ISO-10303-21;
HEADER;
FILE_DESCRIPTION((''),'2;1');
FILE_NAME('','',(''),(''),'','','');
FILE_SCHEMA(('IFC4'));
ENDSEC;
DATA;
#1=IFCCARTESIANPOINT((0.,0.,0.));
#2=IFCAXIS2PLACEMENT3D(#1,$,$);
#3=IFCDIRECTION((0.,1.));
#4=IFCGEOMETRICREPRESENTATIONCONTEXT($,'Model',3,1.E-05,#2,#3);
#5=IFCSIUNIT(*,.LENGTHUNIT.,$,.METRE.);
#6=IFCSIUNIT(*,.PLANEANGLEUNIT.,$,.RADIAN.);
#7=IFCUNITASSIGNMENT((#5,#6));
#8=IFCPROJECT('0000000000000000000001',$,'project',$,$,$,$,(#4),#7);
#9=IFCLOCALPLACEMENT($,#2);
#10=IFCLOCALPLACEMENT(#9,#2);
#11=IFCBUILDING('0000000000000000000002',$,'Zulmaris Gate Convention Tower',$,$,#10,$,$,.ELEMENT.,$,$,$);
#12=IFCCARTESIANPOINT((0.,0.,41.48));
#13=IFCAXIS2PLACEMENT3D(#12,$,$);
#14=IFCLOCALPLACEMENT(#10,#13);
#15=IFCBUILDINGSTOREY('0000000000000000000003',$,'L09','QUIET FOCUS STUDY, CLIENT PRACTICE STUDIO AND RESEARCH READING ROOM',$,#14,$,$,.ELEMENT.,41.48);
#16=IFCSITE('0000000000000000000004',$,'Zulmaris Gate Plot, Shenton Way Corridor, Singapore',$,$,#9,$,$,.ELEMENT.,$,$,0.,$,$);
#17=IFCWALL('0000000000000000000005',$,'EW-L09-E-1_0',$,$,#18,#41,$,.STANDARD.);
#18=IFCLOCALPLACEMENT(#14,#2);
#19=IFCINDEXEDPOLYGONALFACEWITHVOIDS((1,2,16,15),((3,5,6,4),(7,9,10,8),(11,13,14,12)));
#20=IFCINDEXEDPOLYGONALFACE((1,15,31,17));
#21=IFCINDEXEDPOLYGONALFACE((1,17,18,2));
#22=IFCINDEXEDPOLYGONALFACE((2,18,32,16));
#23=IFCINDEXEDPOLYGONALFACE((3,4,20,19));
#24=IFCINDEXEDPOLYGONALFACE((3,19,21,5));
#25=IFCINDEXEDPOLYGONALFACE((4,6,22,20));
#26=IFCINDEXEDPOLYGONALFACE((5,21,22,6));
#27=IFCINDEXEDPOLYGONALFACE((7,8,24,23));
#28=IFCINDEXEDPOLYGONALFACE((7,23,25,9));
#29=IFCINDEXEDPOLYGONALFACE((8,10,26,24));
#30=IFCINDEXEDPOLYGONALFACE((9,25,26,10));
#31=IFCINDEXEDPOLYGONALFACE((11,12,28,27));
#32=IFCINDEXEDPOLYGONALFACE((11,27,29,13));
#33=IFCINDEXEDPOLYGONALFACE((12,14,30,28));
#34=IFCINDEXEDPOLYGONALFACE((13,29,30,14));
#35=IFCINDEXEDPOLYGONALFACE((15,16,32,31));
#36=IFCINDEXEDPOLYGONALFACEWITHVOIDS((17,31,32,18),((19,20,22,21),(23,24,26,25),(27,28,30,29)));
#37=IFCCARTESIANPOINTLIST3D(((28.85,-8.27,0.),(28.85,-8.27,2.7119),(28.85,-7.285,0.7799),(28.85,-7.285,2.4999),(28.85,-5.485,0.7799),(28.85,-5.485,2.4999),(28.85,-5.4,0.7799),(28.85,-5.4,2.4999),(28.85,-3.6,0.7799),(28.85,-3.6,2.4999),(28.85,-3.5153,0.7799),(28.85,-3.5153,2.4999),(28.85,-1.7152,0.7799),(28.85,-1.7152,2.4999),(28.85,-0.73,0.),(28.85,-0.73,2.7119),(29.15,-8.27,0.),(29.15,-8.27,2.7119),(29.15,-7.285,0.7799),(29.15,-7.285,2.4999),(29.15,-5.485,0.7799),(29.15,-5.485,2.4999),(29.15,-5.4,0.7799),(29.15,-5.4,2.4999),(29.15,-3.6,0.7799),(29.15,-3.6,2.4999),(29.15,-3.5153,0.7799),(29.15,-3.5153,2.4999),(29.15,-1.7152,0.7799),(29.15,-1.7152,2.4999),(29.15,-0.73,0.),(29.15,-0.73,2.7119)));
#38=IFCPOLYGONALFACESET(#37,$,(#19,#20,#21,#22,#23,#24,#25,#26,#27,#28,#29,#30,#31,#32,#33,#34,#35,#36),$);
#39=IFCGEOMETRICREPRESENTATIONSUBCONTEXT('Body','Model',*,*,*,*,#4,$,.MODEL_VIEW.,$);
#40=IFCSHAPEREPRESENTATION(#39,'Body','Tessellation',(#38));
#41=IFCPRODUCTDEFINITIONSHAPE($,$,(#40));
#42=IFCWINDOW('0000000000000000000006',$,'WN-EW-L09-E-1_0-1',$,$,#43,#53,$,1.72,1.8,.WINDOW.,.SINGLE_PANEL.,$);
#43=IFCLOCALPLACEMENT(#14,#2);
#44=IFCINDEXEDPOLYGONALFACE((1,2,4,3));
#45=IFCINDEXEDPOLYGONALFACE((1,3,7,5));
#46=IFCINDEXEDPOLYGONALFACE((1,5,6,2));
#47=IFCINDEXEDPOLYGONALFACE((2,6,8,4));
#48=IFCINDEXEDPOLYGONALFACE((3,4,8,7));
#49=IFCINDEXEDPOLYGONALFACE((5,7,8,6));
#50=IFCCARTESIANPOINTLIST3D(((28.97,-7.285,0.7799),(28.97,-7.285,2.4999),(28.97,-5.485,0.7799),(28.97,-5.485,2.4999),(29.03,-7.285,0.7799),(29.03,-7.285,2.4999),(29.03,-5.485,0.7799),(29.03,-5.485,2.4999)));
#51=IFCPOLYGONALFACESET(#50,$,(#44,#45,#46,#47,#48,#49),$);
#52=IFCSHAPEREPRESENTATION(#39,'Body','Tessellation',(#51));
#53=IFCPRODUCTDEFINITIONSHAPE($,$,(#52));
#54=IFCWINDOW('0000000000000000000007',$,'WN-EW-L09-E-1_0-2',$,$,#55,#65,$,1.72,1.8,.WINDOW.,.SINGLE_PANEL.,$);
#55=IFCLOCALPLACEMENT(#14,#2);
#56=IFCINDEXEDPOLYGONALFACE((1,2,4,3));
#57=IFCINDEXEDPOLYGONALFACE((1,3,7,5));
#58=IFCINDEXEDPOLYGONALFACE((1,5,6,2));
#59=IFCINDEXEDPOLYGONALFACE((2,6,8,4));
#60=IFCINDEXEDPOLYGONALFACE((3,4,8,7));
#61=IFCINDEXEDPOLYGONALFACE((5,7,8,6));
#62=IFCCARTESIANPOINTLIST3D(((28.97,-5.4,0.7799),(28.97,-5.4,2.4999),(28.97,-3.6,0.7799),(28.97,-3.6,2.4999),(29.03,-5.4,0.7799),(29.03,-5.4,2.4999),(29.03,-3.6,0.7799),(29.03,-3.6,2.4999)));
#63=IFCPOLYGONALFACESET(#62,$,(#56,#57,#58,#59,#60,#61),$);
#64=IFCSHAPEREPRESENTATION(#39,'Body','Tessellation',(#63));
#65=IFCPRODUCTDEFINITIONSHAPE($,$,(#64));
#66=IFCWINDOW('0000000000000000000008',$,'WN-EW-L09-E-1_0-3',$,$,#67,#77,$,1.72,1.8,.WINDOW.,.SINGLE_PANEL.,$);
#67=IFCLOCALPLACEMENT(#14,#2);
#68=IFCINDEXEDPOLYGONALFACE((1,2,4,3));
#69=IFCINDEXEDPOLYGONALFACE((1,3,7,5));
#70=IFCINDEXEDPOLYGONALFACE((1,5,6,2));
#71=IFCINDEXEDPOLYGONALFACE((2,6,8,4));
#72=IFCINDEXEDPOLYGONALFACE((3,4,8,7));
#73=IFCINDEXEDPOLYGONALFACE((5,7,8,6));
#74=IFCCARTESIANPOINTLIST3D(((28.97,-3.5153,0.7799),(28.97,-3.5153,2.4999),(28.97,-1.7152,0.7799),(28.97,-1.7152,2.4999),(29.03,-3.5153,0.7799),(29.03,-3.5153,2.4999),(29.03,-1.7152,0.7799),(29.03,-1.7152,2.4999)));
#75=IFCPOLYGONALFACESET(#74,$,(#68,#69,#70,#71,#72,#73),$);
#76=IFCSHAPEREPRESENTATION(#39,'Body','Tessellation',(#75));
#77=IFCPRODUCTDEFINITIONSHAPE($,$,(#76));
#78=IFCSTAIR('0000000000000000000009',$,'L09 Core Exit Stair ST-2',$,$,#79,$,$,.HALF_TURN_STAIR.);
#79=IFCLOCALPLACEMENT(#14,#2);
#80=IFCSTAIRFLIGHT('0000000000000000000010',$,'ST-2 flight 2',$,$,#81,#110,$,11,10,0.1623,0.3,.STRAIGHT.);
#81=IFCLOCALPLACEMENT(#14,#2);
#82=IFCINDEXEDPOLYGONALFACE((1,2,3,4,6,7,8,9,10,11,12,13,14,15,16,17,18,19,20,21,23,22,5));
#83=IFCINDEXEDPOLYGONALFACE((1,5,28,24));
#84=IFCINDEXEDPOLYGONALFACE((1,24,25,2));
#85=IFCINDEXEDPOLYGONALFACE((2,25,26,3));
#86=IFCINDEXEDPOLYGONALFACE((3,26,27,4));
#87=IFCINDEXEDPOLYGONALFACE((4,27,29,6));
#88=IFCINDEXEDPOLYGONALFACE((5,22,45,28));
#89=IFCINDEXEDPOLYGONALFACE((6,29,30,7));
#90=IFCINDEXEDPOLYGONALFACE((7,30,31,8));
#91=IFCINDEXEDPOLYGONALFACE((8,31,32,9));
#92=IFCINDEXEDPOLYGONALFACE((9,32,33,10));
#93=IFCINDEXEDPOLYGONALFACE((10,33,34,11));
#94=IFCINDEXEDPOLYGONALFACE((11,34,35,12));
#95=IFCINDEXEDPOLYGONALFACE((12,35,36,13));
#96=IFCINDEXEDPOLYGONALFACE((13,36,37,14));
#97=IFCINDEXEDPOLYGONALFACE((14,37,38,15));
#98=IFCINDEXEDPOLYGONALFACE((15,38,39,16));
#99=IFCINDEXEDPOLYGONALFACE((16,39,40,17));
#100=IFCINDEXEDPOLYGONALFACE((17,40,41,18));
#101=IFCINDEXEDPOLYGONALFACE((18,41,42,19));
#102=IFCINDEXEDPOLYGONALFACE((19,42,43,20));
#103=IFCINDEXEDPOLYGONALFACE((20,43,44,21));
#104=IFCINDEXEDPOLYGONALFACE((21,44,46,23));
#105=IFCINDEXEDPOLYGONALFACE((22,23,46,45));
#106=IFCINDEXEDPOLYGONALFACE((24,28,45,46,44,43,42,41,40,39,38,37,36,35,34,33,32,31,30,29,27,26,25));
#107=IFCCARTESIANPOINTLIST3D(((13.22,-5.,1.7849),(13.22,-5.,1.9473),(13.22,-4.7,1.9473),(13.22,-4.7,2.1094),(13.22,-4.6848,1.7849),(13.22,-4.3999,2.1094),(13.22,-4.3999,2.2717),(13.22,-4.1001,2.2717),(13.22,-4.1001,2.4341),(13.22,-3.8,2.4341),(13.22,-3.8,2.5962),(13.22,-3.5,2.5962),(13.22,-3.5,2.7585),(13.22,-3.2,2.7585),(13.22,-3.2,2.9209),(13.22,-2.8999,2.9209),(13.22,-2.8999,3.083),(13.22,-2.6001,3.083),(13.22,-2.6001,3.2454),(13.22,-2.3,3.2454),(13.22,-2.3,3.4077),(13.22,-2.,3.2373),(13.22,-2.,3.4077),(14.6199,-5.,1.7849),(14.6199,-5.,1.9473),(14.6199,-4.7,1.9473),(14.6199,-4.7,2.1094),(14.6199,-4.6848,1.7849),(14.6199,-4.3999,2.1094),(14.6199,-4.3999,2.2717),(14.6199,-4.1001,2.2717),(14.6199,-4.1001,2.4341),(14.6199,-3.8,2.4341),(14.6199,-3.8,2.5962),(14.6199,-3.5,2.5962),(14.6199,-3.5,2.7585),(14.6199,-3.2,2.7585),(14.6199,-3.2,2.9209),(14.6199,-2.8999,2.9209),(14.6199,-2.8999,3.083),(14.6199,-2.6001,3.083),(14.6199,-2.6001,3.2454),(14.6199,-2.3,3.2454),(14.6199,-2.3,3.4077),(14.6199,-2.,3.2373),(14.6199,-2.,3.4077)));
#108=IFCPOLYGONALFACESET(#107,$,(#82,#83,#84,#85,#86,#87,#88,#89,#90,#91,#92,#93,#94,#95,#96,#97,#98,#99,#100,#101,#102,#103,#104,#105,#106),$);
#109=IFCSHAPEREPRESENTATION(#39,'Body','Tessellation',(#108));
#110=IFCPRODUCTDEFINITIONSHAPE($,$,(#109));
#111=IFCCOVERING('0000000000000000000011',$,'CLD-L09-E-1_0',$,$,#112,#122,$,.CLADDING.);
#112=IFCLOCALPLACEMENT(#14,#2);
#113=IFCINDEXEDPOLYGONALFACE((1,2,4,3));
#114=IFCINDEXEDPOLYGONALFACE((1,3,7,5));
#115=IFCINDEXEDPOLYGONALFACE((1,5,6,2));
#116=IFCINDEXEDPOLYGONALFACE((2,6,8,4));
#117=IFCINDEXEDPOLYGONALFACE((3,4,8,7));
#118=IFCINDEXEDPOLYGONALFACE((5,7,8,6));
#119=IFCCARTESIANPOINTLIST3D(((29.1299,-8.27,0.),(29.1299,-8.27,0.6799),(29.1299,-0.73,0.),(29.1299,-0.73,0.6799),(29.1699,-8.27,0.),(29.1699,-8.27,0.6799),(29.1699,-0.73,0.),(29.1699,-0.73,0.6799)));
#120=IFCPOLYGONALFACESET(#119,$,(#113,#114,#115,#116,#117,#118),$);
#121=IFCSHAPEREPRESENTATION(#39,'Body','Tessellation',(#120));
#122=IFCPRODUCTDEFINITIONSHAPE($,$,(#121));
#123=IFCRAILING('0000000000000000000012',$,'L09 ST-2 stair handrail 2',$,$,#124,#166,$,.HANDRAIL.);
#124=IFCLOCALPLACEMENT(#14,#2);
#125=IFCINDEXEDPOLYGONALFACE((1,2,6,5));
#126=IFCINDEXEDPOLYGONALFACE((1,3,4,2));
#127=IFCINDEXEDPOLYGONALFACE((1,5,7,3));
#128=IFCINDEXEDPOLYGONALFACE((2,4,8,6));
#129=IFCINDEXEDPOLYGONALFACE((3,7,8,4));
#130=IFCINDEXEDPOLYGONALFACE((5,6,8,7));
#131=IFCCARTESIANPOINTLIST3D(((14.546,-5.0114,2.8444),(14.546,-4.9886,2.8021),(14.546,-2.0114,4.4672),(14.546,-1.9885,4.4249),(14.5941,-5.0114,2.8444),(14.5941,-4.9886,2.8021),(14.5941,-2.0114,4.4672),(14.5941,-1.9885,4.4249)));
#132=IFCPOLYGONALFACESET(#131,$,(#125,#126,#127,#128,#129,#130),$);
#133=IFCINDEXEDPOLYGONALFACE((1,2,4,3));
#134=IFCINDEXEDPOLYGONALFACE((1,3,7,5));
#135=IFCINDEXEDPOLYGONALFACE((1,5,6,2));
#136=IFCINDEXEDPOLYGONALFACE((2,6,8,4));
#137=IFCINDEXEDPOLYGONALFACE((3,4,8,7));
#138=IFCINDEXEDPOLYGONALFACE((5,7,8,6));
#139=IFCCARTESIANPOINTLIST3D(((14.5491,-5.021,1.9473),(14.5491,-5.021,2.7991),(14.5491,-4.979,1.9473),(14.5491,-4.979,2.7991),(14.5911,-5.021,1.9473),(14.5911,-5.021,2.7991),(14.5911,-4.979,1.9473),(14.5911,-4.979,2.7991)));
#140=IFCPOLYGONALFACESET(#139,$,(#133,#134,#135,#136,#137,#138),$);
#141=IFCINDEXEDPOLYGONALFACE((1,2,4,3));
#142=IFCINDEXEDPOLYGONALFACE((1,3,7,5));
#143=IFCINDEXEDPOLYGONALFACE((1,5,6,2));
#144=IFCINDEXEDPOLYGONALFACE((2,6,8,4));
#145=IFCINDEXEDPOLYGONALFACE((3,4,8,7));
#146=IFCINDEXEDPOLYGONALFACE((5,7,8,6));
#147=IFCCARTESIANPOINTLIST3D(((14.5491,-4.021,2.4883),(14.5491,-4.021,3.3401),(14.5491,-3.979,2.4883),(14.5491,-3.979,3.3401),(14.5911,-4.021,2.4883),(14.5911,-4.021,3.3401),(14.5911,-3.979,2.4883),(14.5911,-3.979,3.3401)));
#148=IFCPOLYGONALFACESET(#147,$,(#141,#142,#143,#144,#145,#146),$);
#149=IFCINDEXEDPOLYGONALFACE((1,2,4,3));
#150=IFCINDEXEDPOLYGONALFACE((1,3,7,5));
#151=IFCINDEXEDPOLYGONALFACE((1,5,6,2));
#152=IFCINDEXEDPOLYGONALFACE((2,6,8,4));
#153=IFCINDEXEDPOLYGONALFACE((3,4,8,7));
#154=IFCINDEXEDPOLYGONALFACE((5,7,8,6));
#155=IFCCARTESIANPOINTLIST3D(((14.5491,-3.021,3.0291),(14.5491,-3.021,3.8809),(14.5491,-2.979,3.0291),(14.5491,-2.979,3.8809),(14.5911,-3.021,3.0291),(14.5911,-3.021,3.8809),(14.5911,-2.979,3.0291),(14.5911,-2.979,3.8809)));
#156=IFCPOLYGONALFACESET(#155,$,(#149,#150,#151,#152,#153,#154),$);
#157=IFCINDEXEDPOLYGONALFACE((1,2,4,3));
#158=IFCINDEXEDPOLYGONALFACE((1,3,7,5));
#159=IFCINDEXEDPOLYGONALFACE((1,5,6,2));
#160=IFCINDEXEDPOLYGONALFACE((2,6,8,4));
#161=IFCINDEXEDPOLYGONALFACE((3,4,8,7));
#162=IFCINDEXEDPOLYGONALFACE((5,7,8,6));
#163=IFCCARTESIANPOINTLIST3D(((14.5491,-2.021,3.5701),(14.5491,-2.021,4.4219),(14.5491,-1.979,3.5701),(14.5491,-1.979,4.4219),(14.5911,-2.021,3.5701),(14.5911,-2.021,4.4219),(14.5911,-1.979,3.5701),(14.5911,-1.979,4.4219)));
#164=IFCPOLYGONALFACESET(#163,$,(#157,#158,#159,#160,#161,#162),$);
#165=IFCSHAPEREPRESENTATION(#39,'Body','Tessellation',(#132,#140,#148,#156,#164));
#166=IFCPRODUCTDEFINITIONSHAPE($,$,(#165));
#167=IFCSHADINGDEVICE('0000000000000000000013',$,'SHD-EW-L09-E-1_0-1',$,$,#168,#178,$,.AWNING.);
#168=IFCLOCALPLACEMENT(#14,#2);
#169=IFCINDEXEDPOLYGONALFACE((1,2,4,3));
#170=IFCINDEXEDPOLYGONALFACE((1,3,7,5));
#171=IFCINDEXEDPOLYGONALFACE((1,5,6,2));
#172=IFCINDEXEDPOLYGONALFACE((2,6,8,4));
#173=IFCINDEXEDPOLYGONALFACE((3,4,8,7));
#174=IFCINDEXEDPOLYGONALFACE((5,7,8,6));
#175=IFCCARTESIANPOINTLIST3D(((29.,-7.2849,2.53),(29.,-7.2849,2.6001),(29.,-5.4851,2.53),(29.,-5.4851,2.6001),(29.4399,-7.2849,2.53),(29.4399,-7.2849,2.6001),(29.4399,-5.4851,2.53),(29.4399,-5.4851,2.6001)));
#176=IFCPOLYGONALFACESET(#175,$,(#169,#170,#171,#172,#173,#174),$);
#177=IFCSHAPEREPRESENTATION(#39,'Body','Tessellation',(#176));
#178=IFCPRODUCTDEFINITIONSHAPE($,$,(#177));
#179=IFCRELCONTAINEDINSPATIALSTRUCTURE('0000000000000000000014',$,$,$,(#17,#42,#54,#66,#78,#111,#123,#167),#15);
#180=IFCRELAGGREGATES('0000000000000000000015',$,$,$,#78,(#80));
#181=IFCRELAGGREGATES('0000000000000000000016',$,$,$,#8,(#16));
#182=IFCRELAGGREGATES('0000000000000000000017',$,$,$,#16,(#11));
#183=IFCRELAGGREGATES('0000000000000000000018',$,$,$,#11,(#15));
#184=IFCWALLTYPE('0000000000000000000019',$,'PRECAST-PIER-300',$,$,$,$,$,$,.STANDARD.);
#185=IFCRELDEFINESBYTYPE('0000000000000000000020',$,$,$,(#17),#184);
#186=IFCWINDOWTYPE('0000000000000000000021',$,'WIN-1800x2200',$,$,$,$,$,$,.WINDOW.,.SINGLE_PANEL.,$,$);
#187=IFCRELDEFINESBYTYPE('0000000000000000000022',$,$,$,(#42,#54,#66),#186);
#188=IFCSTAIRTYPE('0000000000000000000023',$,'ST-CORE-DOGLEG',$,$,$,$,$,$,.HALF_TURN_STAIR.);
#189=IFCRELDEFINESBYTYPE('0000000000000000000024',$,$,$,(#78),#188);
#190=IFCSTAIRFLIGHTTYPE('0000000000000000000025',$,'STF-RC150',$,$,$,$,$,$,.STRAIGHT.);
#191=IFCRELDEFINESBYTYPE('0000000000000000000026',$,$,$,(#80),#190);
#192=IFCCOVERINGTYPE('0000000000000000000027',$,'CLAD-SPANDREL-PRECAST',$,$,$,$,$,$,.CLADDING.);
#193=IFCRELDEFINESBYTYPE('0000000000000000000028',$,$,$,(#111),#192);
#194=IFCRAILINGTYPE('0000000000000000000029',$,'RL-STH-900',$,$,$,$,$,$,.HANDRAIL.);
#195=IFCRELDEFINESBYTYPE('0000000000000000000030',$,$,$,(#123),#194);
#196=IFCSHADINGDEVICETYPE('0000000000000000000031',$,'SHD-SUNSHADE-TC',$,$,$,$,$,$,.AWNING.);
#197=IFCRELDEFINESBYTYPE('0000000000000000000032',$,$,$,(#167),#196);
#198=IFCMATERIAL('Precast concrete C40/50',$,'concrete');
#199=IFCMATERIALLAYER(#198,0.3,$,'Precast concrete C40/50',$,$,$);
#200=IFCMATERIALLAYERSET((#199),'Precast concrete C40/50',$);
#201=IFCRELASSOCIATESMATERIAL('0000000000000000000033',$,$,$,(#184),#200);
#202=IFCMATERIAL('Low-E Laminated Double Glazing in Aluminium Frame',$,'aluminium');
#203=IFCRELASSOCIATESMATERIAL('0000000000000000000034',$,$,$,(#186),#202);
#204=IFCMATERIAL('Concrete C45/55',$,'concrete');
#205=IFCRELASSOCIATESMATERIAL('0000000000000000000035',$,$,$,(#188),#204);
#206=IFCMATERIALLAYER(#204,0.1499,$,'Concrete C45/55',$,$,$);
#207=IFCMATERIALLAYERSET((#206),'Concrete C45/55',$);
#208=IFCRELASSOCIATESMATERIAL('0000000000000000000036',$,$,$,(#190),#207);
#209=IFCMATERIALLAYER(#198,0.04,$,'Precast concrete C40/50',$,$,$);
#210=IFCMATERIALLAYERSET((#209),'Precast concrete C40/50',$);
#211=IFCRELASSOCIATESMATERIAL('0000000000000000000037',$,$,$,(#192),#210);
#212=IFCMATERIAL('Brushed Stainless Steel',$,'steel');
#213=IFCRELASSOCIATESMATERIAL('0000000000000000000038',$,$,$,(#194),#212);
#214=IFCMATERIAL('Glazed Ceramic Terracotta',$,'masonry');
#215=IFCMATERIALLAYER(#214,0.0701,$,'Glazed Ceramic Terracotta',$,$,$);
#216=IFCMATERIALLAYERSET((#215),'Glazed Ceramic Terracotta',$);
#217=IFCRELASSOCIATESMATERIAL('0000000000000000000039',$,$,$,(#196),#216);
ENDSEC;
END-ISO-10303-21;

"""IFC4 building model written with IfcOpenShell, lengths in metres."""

from ifc_helpers import new_model, si_unit, direction, frame, frame_2d, origin, origin_2d, place, context, subcontext, project, spatial, polyline, rectangle, outline, extrude, material, layer, layer_set, type_object, element, fill, aggregate, save


model = new_model("IFC4")

# Units and contexts
model_context = context("Model", 3, precision=1e-05, world=origin(), true_north=direction((0.0, 1.0)))
body_context = subcontext(model_context, "Body", "Model", "MODEL_VIEW")
ifc_project = project(units=[si_unit("LENGTHUNIT", "METRE"), si_unit("PLANEANGLEUNIT", "RADIAN")], contexts=[model_context])

# Site, building, storey
site_placement = place(None, origin())
site = spatial("IfcSite", under=ifc_project, at=site_placement, Name="Zulmaris Gate Plot, Shenton Way Corridor, Singapore", CompositionType="ELEMENT", RefElevation=0.0)
building_placement = place(site_placement, origin())
building = spatial("IfcBuilding", under=site, at=building_placement, Name="Zulmaris Gate Convention Tower", CompositionType="ELEMENT")
storey_placement = place(building_placement, frame((0.0, 0.0, 41.48)))
storey = spatial("IfcBuildingStorey", under=building, at=storey_placement, Name="L09", Description="QUIET FOCUS STUDY, CLIENT PRACTICE STUDIO AND RESEARCH READING ROOM", CompositionType="ELEMENT", Elevation=41.48)

# Wall, openings, windows
ifc_material_1 = material(Name="Precast concrete C40/50", Category="concrete")
ifc_layer_1 = layer(ifc_material_1, 0.3, Name="Precast concrete C40/50")
ifc_layer_set_1 = layer_set([ifc_layer_1], Name="Precast concrete C40/50")
wall_type_1 = type_object("IfcWallType", Name="PRECAST-PIER-300", PredefinedType="STANDARD", material=ifc_layer_set_1)
wall_1_placement = place(storey_placement, frame((29.0, -8.27, 0.0), z_axis=(0.0, 0.0, 1.0), x_axis=(0.0, 1.0, 0.0)))
wall_1 = element("IfcWall", 1, at=wall_1_placement, inside=storey, type_object=wall_type_1, Name="EW-L09-E-1_0", PredefinedType="STANDARD", context=body_context, shape_type="SweptSolid", body=[
    extrude(rectangle(XDim=7.54, YDim=0.3, at=frame_2d((3.77, 0.0))), origin(), (0.0, 0.0, 1.0), 2.7119),
])
opening_1_placement = place(wall_1_placement, frame((0.9851, 0.0, 0.78)))
opening_1 = element("IfcOpeningElement", 2, at=opening_1_placement, cuts=wall_1, PredefinedType="OPENING", context=body_context, shape_type="SweptSolid", body=[
    extrude(rectangle(XDim=1.8, YDim=1.72, at=frame_2d((0.8999, 0.8599))), frame((0.0, 0.1602, 0.0), z_axis=(0.0, -1.0, 0.0), x_axis=(1.0, 0.0, 0.0)), (0.0, 0.0, 1.0), 0.3201),
])
opening_2_placement = place(wall_1_placement, frame((2.8701, 0.0, 0.78)))
opening_2 = element("IfcOpeningElement", 3, at=opening_2_placement, cuts=wall_1, PredefinedType="OPENING", context=body_context, shape_type="SweptSolid", body=[
    extrude(rectangle(XDim=1.8, YDim=1.72, at=frame_2d((0.8999, 0.8599))), frame((0.0, 0.1602, 0.0), z_axis=(0.0, -1.0, 0.0), x_axis=(1.0, 0.0, 0.0)), (0.0, 0.0, 1.0), 0.3201),
])
opening_3_placement = place(wall_1_placement, frame((4.7549, 0.0, 0.78)))
opening_3 = element("IfcOpeningElement", 4, at=opening_3_placement, cuts=wall_1, PredefinedType="OPENING", context=body_context, shape_type="SweptSolid", body=[
    extrude(rectangle(XDim=1.8, YDim=1.72, at=frame_2d((0.8999, 0.8599))), frame((0.0, 0.1602, 0.0), z_axis=(0.0, -1.0, 0.0), x_axis=(1.0, 0.0, 0.0)), (0.0, 0.0, 1.0), 0.3201),
])
ifc_material_2 = material(Name="Low-E Laminated Double Glazing in Aluminium Frame", Category="aluminium")
window_type = type_object("IfcWindowType", Name="WIN-1800x2200", PartitioningType="SINGLE_PANEL", PredefinedType="WINDOW", material=ifc_material_2)
window_1_placement = place(opening_1_placement, origin())
window_1 = element("IfcWindow", 5, at=window_1_placement, inside=storey, type_object=window_type, Name="WN-EW-L09-E-1_0-1", OverallHeight=1.72, OverallWidth=1.8, PartitioningType="SINGLE_PANEL", PredefinedType="WINDOW", context=body_context, shape_type="SweptSolid", body=[
    extrude(rectangle(XDim=1.8, YDim=1.72, at=frame_2d((0.8999, 0.8599))), frame((0.0, 0.03, 0.0), z_axis=(0.0, -1.0, 0.0), x_axis=(1.0, 0.0, 0.0)), (0.0, 0.0, 1.0), 0.0601),
])
fill(opening_1, window_1)
window_2_placement = place(opening_2_placement, origin())
window_2 = element("IfcWindow", 6, at=window_2_placement, inside=storey, type_object=window_type, Name="WN-EW-L09-E-1_0-2", OverallHeight=1.72, OverallWidth=1.8, PartitioningType="SINGLE_PANEL", PredefinedType="WINDOW", context=body_context, shape_type="SweptSolid", body=[
    extrude(rectangle(XDim=1.8, YDim=1.72, at=frame_2d((0.8999, 0.8599))), frame((0.0, 0.03, 0.0), z_axis=(0.0, -1.0, 0.0), x_axis=(1.0, 0.0, 0.0)), (0.0, 0.0, 1.0), 0.0601),
])
fill(opening_2, window_2)
window_3_placement = place(opening_3_placement, origin())
window_3 = element("IfcWindow", 7, at=window_3_placement, inside=storey, type_object=window_type, Name="WN-EW-L09-E-1_0-3", OverallHeight=1.72, OverallWidth=1.8, PartitioningType="SINGLE_PANEL", PredefinedType="WINDOW", context=body_context, shape_type="SweptSolid", body=[
    extrude(rectangle(XDim=1.8, YDim=1.72, at=frame_2d((0.8999, 0.8599))), frame((0.0, 0.03, 0.0), z_axis=(0.0, -1.0, 0.0), x_axis=(1.0, 0.0, 0.0)), (0.0, 0.0, 1.0), 0.0601),
])
fill(opening_3, window_3)

# Stair, stair flight
ifc_material_3 = material(Name="Concrete C45/55", Category="concrete")
stair_type = type_object("IfcStairType", Name="ST-CORE-DOGLEG", PredefinedType="HALF_TURN_STAIR", material=ifc_material_3)
stair_placement = place(storey_placement, origin())
stair = element("IfcStair", 8, at=stair_placement, inside=storey, type_object=stair_type, Name="L09 Core Exit Stair ST-2", PredefinedType="HALF_TURN_STAIR")
ifc_layer_2 = layer(ifc_material_3, 0.1499, Name="Concrete C45/55")
ifc_layer_set_2 = layer_set([ifc_layer_2], Name="Concrete C45/55")
stair_flight_type = type_object("IfcStairFlightType", Name="STF-RC150", PredefinedType="STRAIGHT", material=ifc_layer_set_2)
stair_flight_placement = place(storey_placement, frame((13.9199, -5.0, 1.7849), z_axis=(0.0, 0.0, 1.0), x_axis=(0.0, 1.0, 0.0)))
stair_flight = element("IfcStairFlight", 9, at=stair_flight_placement, type_object=stair_flight_type, Name="ST-2 flight 2", NumberOfRisers=11, NumberOfTreads=10, PredefinedType="STRAIGHT", RiserHeight=0.1623, TreadLength=0.3, context=body_context, shape_type="SweptSolid", body=[
    extrude(outline(polyline([(0.0, 0.0), (0.0, 0.1624), (0.3, 0.1624), (0.3, 0.3245), (0.6001, 0.3245), (0.6001, 0.4868), (0.8999, 0.4868), (0.8999, 0.6492), (1.2, 0.6492), (1.2, 0.8113), (1.5, 0.8113), (1.5, 0.9736), (1.8, 0.9736), (1.8, 1.136), (2.1001, 1.136), (2.1001, 1.2981), (2.3999, 1.2981), (2.3999, 1.4604), (2.7, 1.4604), (2.7, 1.6228), (3.0, 1.6228), (3.0, 1.7849), (3.0, 1.4524), (0.3152, 0.0), (0.0, 0.0)])), frame((0.0, 0.7, 0.0), z_axis=(0.0, -1.0, 0.0), x_axis=(1.0, 0.0, 0.0)), (0.0, 0.0, 1.0), 1.3999),
])
aggregate(stair, [stair_flight])

# Covering
ifc_layer_3 = layer(ifc_material_1, 0.04, Name="Precast concrete C40/50")
ifc_layer_set_3 = layer_set([ifc_layer_3], Name="Precast concrete C40/50")
covering_type = type_object("IfcCoveringType", Name="CLAD-SPANDREL-PRECAST", PredefinedType="CLADDING", material=ifc_layer_set_3)
covering_placement = place(storey_placement, frame((29.1499, -8.27, 0.0), z_axis=(0.0, 0.0, 1.0), x_axis=(0.0, 1.0, 0.0)))
element("IfcCovering", 10, at=covering_placement, inside=storey, type_object=covering_type, Name="CLD-L09-E-1_0", PredefinedType="CLADDING", context=body_context, shape_type="SweptSolid", body=[
    extrude(rectangle(XDim=7.54, YDim=0.04, at=frame_2d((3.77, 0.0))), origin(), (0.0, 0.0, 1.0), 0.6799),
])

# Railing
ifc_material_4 = material(Name="Brushed Stainless Steel", Category="steel")
railing_type = type_object("IfcRailingType", Name="RL-STH-900", PredefinedType="HANDRAIL", material=ifc_material_4)
railing_placement = place(storey_placement, frame((14.5701, -5.0, 1.9473)))
element("IfcRailing", 11, at=railing_placement, inside=storey, type_object=railing_type, Name="L09 ST-2 stair handrail 2", PredefinedType="HANDRAIL", context=body_context, shape_type="SweptSolid", body=[
    extrude(rectangle(XDim=0.0481, YDim=0.0481, at=origin_2d()), frame((0.0, 0.0, 0.876), z_axis=(0.0, 0.879562, 0.475785), x_axis=(-1.0, 0.0, 0.0)), (0.0, 0.0, 1.0), 3.4109),
    extrude(rectangle(XDim=0.042, YDim=0.042, at=origin_2d()), origin(), (0.0, 0.0, 1.0), 0.8518),
    extrude(rectangle(XDim=0.042, YDim=0.042, at=origin_2d()), frame((0.0, 1.0, 0.541)), (0.0, 0.0, 1.0), 0.8518),
    extrude(rectangle(XDim=0.042, YDim=0.042, at=origin_2d()), frame((0.0, 2.0, 1.0818)), (0.0, 0.0, 1.0), 0.8518),
    extrude(rectangle(XDim=0.042, YDim=0.042, at=origin_2d()), frame((0.0, 3.0, 1.6228)), (0.0, 0.0, 1.0), 0.8518),
])

# Shading device
ifc_material_5 = material(Name="Glazed Ceramic Terracotta", Category="masonry")
ifc_layer_4 = layer(ifc_material_5, 0.0701, Name="Glazed Ceramic Terracotta")
ifc_layer_set_4 = layer_set([ifc_layer_4], Name="Glazed Ceramic Terracotta")
shading_device_type = type_object("IfcShadingDeviceType", Name="SHD-SUNSHADE-TC", PredefinedType="AWNING", material=ifc_layer_set_4)
for number, where, z_axis, x_axis, name in (
    (12, (29.22, -7.2849, 2.53), (0.0, 0.0, 1.0), (0.0, 1.0, 0.0), "SHD-EW-L09-E-1_0-1"),
):
    element("IfcShadingDevice", number, at=place(storey_placement, frame(where, z_axis=z_axis, x_axis=x_axis)), inside=storey, type_object=shading_device_type, Name=name, PredefinedType="AWNING", context=body_context, shape_type="SweptSolid", body=[
        extrude(rectangle(XDim=1.7998, YDim=0.4399, at=frame_2d((0.8999, 0.0))), origin(), (0.0, 0.0, 1.0), 0.0701),
    ])

save(model, "model.ifc")
